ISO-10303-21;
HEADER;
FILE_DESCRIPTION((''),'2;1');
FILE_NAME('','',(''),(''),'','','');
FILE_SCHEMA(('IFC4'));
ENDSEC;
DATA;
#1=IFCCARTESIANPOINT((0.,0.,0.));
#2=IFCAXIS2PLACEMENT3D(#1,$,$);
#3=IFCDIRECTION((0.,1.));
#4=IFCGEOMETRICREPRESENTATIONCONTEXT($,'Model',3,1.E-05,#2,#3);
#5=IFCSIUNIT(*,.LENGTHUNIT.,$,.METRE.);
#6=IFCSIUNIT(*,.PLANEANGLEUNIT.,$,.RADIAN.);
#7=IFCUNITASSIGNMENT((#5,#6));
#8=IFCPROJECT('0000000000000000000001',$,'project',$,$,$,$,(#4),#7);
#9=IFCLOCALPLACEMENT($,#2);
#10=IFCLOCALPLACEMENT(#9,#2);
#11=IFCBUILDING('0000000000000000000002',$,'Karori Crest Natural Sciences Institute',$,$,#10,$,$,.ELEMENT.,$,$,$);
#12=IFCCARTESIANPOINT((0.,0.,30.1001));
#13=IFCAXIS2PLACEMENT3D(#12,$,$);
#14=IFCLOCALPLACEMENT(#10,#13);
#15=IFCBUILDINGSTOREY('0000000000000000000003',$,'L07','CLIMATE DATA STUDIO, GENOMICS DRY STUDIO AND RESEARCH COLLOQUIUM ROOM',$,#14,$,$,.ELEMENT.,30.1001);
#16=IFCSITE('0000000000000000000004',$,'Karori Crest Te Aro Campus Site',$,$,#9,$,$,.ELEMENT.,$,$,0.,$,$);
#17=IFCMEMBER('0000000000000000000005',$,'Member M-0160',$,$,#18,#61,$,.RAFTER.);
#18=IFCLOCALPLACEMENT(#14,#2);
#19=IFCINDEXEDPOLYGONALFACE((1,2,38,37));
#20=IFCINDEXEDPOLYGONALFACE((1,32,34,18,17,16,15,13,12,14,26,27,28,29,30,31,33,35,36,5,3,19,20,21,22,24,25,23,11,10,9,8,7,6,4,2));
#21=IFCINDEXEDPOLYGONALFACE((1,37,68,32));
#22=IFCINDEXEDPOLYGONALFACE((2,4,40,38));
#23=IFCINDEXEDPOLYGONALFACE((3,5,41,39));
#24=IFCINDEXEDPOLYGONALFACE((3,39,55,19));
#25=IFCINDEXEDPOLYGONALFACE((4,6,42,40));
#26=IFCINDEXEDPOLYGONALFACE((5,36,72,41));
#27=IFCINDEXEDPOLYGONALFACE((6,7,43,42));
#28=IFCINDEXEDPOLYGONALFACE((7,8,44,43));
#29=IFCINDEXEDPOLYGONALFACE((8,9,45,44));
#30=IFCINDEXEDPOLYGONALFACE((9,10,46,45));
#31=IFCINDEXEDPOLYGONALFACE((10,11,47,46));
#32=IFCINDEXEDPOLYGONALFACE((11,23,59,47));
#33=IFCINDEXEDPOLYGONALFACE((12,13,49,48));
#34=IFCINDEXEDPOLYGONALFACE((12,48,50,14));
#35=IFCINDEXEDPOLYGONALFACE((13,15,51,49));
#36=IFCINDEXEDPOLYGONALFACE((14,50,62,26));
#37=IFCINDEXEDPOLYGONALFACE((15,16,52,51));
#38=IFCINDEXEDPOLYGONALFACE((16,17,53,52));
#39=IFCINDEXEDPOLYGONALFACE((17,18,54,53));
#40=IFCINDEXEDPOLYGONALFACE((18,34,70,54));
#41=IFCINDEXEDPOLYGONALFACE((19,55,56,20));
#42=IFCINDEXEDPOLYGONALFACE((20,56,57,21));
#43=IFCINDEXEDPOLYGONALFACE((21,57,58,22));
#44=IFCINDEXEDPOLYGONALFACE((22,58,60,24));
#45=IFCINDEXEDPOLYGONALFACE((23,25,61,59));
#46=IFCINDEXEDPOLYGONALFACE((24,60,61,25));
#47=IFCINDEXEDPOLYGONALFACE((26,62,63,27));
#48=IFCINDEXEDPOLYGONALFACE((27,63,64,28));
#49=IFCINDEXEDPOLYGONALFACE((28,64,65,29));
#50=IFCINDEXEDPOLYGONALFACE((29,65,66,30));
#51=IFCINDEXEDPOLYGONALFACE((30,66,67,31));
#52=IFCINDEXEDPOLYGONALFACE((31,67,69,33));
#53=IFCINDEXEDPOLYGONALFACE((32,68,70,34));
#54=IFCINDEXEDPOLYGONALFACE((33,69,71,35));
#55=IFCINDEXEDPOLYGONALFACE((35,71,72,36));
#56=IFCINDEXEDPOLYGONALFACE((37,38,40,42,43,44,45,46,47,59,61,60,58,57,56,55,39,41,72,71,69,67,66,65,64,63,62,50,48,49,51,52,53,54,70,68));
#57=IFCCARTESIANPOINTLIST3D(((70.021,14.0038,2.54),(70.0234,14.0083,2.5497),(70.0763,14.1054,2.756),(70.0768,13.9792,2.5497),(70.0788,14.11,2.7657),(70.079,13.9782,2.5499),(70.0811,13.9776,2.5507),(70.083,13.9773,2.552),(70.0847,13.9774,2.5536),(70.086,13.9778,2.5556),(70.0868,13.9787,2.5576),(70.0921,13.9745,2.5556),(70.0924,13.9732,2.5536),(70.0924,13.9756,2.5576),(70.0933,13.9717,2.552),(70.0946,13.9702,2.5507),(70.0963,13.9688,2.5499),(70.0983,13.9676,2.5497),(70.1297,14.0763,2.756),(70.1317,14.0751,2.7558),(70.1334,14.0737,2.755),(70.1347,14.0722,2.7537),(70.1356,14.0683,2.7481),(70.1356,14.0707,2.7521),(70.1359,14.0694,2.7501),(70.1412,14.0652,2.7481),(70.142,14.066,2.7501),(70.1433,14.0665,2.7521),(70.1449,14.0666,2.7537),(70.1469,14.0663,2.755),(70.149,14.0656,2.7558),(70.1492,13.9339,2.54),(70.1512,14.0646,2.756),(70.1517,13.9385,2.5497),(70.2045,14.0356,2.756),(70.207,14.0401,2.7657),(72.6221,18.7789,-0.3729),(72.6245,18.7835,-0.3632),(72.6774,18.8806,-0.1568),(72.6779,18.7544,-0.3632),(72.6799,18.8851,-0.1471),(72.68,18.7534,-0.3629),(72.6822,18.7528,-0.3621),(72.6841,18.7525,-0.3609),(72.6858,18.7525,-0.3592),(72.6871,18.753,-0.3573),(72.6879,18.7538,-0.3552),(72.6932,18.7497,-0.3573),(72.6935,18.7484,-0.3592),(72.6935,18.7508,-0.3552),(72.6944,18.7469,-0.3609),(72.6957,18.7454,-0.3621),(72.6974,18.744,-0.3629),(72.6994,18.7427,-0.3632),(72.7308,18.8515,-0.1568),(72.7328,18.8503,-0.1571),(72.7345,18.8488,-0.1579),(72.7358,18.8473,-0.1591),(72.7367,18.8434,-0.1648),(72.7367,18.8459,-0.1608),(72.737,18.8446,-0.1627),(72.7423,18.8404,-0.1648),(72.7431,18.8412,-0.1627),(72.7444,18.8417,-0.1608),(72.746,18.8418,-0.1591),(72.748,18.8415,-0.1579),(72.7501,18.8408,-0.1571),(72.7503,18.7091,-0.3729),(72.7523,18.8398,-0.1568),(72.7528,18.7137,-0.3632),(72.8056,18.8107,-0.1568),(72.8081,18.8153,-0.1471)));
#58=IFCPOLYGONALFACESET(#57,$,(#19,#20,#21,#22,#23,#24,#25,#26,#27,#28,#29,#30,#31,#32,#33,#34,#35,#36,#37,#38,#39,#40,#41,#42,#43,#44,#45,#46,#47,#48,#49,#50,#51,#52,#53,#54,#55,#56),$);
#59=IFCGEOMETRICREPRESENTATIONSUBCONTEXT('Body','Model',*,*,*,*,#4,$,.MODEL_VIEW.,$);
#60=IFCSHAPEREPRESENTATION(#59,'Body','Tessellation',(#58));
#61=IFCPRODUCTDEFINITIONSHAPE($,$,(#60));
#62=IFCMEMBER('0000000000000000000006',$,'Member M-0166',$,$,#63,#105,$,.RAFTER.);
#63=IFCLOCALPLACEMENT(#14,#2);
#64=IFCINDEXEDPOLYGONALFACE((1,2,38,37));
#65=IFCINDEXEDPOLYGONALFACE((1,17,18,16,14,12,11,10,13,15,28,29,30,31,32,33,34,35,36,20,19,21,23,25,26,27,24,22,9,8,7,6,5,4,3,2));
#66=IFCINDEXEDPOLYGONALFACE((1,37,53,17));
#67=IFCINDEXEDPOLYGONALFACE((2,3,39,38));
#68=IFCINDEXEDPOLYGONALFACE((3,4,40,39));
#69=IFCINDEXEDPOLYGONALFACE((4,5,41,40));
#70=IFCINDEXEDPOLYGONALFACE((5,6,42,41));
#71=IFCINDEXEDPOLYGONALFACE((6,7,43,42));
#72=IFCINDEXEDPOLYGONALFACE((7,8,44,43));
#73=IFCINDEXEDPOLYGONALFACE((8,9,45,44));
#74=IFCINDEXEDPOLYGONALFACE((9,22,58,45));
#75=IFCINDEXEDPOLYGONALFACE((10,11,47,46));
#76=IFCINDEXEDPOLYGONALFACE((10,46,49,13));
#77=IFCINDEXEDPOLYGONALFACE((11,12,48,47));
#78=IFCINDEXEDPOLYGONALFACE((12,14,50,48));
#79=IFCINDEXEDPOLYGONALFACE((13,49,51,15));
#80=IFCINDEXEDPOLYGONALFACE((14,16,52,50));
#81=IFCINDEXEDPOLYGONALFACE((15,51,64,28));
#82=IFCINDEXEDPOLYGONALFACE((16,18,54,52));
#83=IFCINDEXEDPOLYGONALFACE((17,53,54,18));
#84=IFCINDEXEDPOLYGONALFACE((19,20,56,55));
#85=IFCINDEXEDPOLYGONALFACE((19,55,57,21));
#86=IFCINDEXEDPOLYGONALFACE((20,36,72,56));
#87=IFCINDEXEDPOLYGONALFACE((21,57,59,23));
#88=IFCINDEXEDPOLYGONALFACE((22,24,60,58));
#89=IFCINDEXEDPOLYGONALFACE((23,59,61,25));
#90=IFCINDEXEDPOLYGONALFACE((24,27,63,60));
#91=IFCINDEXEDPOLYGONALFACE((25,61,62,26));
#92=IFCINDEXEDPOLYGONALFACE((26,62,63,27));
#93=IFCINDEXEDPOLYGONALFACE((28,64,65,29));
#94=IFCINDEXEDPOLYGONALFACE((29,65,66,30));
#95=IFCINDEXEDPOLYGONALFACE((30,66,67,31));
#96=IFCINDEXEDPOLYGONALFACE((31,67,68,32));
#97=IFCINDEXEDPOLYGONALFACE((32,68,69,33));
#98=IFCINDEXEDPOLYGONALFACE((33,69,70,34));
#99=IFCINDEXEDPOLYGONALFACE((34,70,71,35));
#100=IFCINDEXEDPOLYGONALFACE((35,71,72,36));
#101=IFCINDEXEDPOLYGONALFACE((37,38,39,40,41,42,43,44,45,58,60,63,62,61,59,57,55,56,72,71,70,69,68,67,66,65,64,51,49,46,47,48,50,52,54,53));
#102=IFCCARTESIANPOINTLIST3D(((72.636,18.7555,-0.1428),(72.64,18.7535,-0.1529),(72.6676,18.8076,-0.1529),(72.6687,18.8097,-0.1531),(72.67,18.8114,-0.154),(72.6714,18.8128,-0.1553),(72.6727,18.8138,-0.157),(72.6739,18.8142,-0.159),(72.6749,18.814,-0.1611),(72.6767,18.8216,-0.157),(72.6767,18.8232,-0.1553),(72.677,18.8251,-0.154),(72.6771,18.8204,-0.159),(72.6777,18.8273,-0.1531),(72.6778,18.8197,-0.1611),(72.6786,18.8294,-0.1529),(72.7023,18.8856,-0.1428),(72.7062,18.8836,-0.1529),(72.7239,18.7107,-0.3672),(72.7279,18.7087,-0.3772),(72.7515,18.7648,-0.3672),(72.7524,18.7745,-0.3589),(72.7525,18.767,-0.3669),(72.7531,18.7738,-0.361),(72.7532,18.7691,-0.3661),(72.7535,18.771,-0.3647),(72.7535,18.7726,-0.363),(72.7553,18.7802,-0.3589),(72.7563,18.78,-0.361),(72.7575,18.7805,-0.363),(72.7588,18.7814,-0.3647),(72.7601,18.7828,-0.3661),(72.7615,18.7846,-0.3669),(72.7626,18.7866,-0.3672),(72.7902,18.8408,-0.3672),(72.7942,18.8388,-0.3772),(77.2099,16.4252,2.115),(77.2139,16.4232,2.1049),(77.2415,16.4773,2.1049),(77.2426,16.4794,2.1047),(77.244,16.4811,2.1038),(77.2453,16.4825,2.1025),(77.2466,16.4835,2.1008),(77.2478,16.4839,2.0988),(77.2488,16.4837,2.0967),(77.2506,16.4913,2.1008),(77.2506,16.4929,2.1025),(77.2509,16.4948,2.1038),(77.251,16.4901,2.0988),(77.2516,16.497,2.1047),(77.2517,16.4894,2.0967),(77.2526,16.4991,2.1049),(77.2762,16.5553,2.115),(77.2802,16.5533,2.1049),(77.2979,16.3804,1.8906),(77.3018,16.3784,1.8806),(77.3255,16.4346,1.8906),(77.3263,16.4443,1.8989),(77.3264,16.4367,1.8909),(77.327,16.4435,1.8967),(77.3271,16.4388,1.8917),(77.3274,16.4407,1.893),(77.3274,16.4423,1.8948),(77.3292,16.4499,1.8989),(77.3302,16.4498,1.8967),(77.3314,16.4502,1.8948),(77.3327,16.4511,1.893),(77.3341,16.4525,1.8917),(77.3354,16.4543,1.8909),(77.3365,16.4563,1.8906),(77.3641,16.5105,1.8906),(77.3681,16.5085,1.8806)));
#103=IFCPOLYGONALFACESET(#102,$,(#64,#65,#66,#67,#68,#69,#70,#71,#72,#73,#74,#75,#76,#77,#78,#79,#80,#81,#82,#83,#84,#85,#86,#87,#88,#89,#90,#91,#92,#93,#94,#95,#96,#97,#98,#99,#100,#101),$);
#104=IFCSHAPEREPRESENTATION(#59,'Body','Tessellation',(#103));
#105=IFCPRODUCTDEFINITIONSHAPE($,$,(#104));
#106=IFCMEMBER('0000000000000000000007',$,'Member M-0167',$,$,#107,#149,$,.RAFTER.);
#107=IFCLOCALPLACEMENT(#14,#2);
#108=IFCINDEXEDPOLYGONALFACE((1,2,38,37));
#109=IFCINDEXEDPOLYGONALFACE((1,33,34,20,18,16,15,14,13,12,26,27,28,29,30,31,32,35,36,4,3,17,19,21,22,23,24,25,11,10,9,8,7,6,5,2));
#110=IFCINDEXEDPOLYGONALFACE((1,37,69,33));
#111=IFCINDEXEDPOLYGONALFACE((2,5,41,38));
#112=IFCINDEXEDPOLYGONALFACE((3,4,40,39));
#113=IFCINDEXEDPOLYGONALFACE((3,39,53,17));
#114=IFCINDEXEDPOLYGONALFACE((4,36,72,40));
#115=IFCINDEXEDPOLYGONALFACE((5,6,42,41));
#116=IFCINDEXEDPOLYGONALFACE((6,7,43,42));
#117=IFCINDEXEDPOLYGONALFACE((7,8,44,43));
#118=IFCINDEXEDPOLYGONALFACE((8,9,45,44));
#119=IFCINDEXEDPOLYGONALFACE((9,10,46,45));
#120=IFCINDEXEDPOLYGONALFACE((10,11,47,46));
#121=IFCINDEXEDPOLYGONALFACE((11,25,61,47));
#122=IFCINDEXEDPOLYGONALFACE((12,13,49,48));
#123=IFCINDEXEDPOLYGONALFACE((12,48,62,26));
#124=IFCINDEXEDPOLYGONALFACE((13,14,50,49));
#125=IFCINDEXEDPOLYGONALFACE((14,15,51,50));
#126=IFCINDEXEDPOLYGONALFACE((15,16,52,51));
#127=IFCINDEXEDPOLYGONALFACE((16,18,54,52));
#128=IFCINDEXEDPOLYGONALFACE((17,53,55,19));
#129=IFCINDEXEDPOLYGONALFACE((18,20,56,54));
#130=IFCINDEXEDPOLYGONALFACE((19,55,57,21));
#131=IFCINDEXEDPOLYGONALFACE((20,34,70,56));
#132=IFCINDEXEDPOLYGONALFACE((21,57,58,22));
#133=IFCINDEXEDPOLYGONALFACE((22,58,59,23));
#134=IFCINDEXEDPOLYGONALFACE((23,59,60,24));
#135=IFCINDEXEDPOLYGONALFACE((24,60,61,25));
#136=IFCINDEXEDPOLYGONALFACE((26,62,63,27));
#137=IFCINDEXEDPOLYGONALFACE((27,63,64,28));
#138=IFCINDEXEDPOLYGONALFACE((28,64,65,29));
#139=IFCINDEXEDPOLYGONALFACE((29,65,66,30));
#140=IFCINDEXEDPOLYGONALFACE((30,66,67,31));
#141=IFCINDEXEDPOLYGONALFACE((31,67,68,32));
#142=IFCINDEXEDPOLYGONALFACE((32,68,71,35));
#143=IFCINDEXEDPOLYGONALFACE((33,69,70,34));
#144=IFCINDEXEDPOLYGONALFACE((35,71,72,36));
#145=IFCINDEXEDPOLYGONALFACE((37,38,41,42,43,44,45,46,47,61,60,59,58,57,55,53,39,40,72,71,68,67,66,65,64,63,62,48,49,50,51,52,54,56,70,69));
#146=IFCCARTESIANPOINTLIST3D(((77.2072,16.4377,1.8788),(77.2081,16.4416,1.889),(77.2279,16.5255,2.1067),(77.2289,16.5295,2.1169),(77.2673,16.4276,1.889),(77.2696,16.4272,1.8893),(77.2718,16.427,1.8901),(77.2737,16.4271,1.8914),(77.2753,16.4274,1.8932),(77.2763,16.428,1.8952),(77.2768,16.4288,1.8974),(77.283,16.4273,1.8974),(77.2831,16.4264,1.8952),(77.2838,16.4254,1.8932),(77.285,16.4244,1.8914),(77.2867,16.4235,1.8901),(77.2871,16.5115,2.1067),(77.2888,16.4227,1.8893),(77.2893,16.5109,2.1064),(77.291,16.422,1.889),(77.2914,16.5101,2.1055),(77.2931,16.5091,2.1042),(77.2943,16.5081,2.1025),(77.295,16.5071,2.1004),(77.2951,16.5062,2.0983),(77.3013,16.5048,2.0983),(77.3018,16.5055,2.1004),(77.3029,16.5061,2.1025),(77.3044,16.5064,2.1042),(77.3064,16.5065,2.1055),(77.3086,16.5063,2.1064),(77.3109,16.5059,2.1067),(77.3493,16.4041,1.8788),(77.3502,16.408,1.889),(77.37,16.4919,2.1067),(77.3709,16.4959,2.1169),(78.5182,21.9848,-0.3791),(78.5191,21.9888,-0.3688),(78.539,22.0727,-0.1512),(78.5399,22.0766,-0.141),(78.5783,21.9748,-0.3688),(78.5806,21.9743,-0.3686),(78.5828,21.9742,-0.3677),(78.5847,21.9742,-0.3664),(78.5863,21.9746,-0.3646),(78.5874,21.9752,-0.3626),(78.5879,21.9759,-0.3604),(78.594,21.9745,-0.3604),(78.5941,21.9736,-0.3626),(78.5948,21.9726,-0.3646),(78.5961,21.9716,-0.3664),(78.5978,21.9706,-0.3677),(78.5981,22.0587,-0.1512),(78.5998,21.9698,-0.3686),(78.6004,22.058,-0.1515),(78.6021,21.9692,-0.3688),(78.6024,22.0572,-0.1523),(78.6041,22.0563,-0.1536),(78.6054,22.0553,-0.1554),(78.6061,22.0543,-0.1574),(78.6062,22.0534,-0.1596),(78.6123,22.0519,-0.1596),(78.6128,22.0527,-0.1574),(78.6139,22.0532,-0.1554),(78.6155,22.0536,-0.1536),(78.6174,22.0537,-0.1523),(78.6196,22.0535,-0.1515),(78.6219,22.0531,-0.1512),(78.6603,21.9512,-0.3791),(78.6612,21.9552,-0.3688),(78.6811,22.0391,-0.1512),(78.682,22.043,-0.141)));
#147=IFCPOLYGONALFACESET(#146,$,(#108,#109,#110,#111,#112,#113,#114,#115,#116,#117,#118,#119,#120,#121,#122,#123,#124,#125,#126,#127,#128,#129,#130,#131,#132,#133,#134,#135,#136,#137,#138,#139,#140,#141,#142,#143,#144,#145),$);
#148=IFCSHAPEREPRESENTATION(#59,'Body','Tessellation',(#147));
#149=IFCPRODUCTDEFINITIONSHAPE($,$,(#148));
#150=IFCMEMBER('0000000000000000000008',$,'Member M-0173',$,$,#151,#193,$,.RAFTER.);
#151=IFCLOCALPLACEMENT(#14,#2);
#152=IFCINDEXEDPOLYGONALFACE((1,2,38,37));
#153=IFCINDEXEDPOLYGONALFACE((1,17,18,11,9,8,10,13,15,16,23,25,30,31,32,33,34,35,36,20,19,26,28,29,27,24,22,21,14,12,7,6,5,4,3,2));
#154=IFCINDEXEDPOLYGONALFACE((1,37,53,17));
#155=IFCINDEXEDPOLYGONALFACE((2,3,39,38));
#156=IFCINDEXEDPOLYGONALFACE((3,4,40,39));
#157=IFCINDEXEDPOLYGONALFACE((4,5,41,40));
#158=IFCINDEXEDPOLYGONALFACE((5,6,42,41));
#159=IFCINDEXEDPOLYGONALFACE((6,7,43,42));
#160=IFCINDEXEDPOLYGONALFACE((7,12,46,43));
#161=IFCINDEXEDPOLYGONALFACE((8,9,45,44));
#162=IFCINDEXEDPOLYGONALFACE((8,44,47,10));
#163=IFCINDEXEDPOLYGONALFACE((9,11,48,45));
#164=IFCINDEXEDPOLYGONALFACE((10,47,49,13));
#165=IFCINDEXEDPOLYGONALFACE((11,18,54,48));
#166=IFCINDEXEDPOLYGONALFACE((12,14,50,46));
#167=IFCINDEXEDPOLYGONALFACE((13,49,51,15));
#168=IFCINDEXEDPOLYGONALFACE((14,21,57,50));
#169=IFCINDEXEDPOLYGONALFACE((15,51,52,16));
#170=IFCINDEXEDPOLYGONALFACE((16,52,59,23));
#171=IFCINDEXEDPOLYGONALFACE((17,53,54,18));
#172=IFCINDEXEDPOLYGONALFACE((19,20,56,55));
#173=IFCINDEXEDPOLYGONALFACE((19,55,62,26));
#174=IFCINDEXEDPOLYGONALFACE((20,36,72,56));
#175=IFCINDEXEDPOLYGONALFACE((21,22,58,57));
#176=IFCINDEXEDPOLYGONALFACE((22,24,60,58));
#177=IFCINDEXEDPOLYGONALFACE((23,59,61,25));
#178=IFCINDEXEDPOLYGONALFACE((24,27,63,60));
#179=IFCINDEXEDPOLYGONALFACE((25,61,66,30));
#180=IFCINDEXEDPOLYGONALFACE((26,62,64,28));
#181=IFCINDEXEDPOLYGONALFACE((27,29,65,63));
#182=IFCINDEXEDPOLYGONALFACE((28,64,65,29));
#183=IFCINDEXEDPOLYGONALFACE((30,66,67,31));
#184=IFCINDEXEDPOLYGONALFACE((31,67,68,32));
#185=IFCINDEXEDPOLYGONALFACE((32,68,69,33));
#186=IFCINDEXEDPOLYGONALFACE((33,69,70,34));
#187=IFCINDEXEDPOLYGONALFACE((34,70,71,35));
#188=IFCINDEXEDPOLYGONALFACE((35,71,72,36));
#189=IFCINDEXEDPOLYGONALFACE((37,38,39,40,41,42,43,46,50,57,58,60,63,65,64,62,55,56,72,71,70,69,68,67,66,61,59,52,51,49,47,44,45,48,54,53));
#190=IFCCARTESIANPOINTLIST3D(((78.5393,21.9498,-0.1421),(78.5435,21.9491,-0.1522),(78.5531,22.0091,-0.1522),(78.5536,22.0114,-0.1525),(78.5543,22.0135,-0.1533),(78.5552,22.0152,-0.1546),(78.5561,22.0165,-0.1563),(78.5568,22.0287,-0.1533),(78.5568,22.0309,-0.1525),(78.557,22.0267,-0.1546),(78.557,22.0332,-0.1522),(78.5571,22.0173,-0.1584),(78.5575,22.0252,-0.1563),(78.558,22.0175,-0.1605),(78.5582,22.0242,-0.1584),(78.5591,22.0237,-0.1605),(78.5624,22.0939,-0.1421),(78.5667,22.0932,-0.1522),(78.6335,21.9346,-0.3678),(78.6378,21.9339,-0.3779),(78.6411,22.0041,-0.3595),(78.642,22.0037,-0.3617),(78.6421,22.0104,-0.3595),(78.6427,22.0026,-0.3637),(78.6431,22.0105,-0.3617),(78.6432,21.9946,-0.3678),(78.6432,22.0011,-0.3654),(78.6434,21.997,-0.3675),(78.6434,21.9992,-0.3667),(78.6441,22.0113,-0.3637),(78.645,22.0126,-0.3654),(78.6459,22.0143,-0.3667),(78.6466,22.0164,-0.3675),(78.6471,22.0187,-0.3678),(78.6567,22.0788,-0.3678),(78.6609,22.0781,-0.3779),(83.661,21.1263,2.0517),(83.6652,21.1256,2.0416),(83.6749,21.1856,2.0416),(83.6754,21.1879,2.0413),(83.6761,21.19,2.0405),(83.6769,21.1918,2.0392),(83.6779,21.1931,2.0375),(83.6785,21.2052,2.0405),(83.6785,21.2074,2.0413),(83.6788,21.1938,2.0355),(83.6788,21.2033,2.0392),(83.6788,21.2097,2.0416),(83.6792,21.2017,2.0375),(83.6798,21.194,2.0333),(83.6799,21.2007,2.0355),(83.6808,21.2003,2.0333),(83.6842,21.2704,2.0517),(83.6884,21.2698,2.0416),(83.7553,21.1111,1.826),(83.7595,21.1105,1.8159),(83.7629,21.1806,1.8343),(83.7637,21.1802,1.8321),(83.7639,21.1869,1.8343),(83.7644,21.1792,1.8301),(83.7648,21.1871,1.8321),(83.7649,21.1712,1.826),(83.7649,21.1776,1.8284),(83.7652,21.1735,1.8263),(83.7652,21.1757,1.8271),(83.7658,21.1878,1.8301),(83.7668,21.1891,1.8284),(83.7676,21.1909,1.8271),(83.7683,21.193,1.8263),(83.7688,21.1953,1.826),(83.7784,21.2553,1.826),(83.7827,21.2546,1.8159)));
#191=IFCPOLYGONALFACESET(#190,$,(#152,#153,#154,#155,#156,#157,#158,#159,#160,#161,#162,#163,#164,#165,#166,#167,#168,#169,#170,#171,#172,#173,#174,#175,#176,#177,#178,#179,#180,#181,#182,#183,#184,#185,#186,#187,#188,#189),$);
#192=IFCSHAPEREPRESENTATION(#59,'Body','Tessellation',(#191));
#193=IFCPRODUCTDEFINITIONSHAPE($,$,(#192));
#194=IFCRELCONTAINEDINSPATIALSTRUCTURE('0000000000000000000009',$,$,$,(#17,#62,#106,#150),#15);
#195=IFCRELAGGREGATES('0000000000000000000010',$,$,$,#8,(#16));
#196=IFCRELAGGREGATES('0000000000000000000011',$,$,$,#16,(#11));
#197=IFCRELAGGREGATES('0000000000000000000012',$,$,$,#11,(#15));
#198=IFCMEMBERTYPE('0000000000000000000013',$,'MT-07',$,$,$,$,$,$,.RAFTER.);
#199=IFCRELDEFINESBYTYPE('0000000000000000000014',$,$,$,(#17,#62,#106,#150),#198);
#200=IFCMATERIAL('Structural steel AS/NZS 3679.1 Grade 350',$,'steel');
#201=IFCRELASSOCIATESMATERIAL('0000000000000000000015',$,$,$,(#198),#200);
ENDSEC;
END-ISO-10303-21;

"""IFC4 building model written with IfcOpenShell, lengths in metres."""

from ifc_helpers import new_model, si_unit, direction, frame, origin, origin_2d, place, context, subcontext, project, spatial, i_section, extrude, material, material_profile, profile_set, type_object, element, save


model = new_model("IFC4")

# Units and contexts
model_context = context("Model", 3, precision=1e-05, world=origin(), true_north=direction((0.0, 1.0)))
body_context = subcontext(model_context, "Body", "Model", "MODEL_VIEW")
ifc_project = project(units=[si_unit("LENGTHUNIT", "METRE"), si_unit("PLANEANGLEUNIT", "RADIAN")], contexts=[model_context])

# Site, building, storey
site_placement = place(None, origin())
site = spatial("IfcSite", under=ifc_project, at=site_placement, Name="Karori Crest Te Aro Campus Site", CompositionType="ELEMENT", RefElevation=0.0)
building_placement = place(site_placement, origin())
building = spatial("IfcBuilding", under=site, at=building_placement, Name="Karori Crest Natural Sciences Institute", CompositionType="ELEMENT")
storey_placement = place(building_placement, frame((0.0, 0.0, 30.1001)))
storey = spatial("IfcBuildingStorey", under=building, at=storey_placement, Name="L07", Description="CLIMATE DATA STUDIO, GENOMICS DRY STUDIO AND RESEARCH COLLOQUIUM ROOM", CompositionType="ELEMENT", Elevation=30.1001)

# Members
ifc_material_1 = material(Name="Structural steel AS/NZS 3679.1 Grade 350", Category="steel")
ifc_material_profile_1 = material_profile(ifc_material_1, i_section(OverallWidth=0.146, OverallDepth=0.2561, WebThickness=0.0063, FlangeThickness=0.011, FilletRadius=0.009, at=origin_2d()), Name="250UB37.3")
ifc_profile_set_1 = profile_set([ifc_material_profile_1], Name="Structural steel AS/NZS 3679.1 Grade 350")
member_type_1 = type_object("IfcMemberType", Name="MT-07", PredefinedType="RAFTER", material=ifc_profile_set_1)
member_1_placement = place(storey_placement, frame((72.7151, 18.7971, -0.26), z_axis=(-0.42166, -0.774099, 0.472201), x_axis=(0.87817, -0.478349, 0.0)))
element("IfcMember", 1, at=member_1_placement, inside=storey, type_object=member_type_1, Name="Member M-0160", PredefinedType="RAFTER", context=body_context, shape_type="SweptSolid", body=[
    extrude(i_section(OverallWidth=0.146, OverallDepth=0.2561, WebThickness=0.0063, FlangeThickness=0.011, FilletRadius=0.009, at=origin_2d()), origin(), (0.0, 0.0, 1.0), 6.1687),
])
member_2_placement = place(storey_placement, frame((72.7151, 18.7971, -0.26), z_axis=(0.81562, -0.415537, 0.402608), x_axis=(0.453954, 0.891025, 0.0)))
element("IfcMember", 2, at=member_2_placement, inside=storey, type_object=member_type_1, Name="Member M-0166", PredefinedType="RAFTER", context=body_context, shape_type="SweptSolid", body=[
    extrude(i_section(OverallWidth=0.146, OverallDepth=0.2561, WebThickness=0.0063, FlangeThickness=0.011, FilletRadius=0.009, at=origin_2d()), origin(), (0.0, 0.0, 1.0), 5.6079),
])
member_3_placement = place(storey_placement, frame((78.6001, 22.0139, -0.26), z_axis=(-0.213843, -0.904791, 0.368272), x_axis=(0.973189, -0.230008, 0.0)))
element("IfcMember", 3, at=member_3_placement, inside=storey, type_object=member_type_1, Name="Member M-0167", PredefinedType="RAFTER", context=body_context, shape_type="SweptSolid", body=[
    extrude(i_section(OverallWidth=0.146, OverallDepth=0.2561, WebThickness=0.0063, FlangeThickness=0.011, FilletRadius=0.009, at=origin_2d()), origin(), (0.0, 0.0, 1.0), 6.1309),
])
member_4_placement = place(storey_placement, frame((78.6001, 22.0139, -0.26), z_axis=(0.909347, -0.146205, 0.389503), x_axis=(0.158741, 0.98732, 0.0)))
element("IfcMember", 4, at=member_4_placement, inside=storey, type_object=member_type_1, Name="Member M-0173", PredefinedType="RAFTER", context=body_context, shape_type="SweptSolid", body=[
    extrude(i_section(OverallWidth=0.146, OverallDepth=0.2561, WebThickness=0.0063, FlangeThickness=0.011, FilletRadius=0.009, at=origin_2d()), origin(), (0.0, 0.0, 1.0), 5.6323),
])

save(model, "model.ifc")
